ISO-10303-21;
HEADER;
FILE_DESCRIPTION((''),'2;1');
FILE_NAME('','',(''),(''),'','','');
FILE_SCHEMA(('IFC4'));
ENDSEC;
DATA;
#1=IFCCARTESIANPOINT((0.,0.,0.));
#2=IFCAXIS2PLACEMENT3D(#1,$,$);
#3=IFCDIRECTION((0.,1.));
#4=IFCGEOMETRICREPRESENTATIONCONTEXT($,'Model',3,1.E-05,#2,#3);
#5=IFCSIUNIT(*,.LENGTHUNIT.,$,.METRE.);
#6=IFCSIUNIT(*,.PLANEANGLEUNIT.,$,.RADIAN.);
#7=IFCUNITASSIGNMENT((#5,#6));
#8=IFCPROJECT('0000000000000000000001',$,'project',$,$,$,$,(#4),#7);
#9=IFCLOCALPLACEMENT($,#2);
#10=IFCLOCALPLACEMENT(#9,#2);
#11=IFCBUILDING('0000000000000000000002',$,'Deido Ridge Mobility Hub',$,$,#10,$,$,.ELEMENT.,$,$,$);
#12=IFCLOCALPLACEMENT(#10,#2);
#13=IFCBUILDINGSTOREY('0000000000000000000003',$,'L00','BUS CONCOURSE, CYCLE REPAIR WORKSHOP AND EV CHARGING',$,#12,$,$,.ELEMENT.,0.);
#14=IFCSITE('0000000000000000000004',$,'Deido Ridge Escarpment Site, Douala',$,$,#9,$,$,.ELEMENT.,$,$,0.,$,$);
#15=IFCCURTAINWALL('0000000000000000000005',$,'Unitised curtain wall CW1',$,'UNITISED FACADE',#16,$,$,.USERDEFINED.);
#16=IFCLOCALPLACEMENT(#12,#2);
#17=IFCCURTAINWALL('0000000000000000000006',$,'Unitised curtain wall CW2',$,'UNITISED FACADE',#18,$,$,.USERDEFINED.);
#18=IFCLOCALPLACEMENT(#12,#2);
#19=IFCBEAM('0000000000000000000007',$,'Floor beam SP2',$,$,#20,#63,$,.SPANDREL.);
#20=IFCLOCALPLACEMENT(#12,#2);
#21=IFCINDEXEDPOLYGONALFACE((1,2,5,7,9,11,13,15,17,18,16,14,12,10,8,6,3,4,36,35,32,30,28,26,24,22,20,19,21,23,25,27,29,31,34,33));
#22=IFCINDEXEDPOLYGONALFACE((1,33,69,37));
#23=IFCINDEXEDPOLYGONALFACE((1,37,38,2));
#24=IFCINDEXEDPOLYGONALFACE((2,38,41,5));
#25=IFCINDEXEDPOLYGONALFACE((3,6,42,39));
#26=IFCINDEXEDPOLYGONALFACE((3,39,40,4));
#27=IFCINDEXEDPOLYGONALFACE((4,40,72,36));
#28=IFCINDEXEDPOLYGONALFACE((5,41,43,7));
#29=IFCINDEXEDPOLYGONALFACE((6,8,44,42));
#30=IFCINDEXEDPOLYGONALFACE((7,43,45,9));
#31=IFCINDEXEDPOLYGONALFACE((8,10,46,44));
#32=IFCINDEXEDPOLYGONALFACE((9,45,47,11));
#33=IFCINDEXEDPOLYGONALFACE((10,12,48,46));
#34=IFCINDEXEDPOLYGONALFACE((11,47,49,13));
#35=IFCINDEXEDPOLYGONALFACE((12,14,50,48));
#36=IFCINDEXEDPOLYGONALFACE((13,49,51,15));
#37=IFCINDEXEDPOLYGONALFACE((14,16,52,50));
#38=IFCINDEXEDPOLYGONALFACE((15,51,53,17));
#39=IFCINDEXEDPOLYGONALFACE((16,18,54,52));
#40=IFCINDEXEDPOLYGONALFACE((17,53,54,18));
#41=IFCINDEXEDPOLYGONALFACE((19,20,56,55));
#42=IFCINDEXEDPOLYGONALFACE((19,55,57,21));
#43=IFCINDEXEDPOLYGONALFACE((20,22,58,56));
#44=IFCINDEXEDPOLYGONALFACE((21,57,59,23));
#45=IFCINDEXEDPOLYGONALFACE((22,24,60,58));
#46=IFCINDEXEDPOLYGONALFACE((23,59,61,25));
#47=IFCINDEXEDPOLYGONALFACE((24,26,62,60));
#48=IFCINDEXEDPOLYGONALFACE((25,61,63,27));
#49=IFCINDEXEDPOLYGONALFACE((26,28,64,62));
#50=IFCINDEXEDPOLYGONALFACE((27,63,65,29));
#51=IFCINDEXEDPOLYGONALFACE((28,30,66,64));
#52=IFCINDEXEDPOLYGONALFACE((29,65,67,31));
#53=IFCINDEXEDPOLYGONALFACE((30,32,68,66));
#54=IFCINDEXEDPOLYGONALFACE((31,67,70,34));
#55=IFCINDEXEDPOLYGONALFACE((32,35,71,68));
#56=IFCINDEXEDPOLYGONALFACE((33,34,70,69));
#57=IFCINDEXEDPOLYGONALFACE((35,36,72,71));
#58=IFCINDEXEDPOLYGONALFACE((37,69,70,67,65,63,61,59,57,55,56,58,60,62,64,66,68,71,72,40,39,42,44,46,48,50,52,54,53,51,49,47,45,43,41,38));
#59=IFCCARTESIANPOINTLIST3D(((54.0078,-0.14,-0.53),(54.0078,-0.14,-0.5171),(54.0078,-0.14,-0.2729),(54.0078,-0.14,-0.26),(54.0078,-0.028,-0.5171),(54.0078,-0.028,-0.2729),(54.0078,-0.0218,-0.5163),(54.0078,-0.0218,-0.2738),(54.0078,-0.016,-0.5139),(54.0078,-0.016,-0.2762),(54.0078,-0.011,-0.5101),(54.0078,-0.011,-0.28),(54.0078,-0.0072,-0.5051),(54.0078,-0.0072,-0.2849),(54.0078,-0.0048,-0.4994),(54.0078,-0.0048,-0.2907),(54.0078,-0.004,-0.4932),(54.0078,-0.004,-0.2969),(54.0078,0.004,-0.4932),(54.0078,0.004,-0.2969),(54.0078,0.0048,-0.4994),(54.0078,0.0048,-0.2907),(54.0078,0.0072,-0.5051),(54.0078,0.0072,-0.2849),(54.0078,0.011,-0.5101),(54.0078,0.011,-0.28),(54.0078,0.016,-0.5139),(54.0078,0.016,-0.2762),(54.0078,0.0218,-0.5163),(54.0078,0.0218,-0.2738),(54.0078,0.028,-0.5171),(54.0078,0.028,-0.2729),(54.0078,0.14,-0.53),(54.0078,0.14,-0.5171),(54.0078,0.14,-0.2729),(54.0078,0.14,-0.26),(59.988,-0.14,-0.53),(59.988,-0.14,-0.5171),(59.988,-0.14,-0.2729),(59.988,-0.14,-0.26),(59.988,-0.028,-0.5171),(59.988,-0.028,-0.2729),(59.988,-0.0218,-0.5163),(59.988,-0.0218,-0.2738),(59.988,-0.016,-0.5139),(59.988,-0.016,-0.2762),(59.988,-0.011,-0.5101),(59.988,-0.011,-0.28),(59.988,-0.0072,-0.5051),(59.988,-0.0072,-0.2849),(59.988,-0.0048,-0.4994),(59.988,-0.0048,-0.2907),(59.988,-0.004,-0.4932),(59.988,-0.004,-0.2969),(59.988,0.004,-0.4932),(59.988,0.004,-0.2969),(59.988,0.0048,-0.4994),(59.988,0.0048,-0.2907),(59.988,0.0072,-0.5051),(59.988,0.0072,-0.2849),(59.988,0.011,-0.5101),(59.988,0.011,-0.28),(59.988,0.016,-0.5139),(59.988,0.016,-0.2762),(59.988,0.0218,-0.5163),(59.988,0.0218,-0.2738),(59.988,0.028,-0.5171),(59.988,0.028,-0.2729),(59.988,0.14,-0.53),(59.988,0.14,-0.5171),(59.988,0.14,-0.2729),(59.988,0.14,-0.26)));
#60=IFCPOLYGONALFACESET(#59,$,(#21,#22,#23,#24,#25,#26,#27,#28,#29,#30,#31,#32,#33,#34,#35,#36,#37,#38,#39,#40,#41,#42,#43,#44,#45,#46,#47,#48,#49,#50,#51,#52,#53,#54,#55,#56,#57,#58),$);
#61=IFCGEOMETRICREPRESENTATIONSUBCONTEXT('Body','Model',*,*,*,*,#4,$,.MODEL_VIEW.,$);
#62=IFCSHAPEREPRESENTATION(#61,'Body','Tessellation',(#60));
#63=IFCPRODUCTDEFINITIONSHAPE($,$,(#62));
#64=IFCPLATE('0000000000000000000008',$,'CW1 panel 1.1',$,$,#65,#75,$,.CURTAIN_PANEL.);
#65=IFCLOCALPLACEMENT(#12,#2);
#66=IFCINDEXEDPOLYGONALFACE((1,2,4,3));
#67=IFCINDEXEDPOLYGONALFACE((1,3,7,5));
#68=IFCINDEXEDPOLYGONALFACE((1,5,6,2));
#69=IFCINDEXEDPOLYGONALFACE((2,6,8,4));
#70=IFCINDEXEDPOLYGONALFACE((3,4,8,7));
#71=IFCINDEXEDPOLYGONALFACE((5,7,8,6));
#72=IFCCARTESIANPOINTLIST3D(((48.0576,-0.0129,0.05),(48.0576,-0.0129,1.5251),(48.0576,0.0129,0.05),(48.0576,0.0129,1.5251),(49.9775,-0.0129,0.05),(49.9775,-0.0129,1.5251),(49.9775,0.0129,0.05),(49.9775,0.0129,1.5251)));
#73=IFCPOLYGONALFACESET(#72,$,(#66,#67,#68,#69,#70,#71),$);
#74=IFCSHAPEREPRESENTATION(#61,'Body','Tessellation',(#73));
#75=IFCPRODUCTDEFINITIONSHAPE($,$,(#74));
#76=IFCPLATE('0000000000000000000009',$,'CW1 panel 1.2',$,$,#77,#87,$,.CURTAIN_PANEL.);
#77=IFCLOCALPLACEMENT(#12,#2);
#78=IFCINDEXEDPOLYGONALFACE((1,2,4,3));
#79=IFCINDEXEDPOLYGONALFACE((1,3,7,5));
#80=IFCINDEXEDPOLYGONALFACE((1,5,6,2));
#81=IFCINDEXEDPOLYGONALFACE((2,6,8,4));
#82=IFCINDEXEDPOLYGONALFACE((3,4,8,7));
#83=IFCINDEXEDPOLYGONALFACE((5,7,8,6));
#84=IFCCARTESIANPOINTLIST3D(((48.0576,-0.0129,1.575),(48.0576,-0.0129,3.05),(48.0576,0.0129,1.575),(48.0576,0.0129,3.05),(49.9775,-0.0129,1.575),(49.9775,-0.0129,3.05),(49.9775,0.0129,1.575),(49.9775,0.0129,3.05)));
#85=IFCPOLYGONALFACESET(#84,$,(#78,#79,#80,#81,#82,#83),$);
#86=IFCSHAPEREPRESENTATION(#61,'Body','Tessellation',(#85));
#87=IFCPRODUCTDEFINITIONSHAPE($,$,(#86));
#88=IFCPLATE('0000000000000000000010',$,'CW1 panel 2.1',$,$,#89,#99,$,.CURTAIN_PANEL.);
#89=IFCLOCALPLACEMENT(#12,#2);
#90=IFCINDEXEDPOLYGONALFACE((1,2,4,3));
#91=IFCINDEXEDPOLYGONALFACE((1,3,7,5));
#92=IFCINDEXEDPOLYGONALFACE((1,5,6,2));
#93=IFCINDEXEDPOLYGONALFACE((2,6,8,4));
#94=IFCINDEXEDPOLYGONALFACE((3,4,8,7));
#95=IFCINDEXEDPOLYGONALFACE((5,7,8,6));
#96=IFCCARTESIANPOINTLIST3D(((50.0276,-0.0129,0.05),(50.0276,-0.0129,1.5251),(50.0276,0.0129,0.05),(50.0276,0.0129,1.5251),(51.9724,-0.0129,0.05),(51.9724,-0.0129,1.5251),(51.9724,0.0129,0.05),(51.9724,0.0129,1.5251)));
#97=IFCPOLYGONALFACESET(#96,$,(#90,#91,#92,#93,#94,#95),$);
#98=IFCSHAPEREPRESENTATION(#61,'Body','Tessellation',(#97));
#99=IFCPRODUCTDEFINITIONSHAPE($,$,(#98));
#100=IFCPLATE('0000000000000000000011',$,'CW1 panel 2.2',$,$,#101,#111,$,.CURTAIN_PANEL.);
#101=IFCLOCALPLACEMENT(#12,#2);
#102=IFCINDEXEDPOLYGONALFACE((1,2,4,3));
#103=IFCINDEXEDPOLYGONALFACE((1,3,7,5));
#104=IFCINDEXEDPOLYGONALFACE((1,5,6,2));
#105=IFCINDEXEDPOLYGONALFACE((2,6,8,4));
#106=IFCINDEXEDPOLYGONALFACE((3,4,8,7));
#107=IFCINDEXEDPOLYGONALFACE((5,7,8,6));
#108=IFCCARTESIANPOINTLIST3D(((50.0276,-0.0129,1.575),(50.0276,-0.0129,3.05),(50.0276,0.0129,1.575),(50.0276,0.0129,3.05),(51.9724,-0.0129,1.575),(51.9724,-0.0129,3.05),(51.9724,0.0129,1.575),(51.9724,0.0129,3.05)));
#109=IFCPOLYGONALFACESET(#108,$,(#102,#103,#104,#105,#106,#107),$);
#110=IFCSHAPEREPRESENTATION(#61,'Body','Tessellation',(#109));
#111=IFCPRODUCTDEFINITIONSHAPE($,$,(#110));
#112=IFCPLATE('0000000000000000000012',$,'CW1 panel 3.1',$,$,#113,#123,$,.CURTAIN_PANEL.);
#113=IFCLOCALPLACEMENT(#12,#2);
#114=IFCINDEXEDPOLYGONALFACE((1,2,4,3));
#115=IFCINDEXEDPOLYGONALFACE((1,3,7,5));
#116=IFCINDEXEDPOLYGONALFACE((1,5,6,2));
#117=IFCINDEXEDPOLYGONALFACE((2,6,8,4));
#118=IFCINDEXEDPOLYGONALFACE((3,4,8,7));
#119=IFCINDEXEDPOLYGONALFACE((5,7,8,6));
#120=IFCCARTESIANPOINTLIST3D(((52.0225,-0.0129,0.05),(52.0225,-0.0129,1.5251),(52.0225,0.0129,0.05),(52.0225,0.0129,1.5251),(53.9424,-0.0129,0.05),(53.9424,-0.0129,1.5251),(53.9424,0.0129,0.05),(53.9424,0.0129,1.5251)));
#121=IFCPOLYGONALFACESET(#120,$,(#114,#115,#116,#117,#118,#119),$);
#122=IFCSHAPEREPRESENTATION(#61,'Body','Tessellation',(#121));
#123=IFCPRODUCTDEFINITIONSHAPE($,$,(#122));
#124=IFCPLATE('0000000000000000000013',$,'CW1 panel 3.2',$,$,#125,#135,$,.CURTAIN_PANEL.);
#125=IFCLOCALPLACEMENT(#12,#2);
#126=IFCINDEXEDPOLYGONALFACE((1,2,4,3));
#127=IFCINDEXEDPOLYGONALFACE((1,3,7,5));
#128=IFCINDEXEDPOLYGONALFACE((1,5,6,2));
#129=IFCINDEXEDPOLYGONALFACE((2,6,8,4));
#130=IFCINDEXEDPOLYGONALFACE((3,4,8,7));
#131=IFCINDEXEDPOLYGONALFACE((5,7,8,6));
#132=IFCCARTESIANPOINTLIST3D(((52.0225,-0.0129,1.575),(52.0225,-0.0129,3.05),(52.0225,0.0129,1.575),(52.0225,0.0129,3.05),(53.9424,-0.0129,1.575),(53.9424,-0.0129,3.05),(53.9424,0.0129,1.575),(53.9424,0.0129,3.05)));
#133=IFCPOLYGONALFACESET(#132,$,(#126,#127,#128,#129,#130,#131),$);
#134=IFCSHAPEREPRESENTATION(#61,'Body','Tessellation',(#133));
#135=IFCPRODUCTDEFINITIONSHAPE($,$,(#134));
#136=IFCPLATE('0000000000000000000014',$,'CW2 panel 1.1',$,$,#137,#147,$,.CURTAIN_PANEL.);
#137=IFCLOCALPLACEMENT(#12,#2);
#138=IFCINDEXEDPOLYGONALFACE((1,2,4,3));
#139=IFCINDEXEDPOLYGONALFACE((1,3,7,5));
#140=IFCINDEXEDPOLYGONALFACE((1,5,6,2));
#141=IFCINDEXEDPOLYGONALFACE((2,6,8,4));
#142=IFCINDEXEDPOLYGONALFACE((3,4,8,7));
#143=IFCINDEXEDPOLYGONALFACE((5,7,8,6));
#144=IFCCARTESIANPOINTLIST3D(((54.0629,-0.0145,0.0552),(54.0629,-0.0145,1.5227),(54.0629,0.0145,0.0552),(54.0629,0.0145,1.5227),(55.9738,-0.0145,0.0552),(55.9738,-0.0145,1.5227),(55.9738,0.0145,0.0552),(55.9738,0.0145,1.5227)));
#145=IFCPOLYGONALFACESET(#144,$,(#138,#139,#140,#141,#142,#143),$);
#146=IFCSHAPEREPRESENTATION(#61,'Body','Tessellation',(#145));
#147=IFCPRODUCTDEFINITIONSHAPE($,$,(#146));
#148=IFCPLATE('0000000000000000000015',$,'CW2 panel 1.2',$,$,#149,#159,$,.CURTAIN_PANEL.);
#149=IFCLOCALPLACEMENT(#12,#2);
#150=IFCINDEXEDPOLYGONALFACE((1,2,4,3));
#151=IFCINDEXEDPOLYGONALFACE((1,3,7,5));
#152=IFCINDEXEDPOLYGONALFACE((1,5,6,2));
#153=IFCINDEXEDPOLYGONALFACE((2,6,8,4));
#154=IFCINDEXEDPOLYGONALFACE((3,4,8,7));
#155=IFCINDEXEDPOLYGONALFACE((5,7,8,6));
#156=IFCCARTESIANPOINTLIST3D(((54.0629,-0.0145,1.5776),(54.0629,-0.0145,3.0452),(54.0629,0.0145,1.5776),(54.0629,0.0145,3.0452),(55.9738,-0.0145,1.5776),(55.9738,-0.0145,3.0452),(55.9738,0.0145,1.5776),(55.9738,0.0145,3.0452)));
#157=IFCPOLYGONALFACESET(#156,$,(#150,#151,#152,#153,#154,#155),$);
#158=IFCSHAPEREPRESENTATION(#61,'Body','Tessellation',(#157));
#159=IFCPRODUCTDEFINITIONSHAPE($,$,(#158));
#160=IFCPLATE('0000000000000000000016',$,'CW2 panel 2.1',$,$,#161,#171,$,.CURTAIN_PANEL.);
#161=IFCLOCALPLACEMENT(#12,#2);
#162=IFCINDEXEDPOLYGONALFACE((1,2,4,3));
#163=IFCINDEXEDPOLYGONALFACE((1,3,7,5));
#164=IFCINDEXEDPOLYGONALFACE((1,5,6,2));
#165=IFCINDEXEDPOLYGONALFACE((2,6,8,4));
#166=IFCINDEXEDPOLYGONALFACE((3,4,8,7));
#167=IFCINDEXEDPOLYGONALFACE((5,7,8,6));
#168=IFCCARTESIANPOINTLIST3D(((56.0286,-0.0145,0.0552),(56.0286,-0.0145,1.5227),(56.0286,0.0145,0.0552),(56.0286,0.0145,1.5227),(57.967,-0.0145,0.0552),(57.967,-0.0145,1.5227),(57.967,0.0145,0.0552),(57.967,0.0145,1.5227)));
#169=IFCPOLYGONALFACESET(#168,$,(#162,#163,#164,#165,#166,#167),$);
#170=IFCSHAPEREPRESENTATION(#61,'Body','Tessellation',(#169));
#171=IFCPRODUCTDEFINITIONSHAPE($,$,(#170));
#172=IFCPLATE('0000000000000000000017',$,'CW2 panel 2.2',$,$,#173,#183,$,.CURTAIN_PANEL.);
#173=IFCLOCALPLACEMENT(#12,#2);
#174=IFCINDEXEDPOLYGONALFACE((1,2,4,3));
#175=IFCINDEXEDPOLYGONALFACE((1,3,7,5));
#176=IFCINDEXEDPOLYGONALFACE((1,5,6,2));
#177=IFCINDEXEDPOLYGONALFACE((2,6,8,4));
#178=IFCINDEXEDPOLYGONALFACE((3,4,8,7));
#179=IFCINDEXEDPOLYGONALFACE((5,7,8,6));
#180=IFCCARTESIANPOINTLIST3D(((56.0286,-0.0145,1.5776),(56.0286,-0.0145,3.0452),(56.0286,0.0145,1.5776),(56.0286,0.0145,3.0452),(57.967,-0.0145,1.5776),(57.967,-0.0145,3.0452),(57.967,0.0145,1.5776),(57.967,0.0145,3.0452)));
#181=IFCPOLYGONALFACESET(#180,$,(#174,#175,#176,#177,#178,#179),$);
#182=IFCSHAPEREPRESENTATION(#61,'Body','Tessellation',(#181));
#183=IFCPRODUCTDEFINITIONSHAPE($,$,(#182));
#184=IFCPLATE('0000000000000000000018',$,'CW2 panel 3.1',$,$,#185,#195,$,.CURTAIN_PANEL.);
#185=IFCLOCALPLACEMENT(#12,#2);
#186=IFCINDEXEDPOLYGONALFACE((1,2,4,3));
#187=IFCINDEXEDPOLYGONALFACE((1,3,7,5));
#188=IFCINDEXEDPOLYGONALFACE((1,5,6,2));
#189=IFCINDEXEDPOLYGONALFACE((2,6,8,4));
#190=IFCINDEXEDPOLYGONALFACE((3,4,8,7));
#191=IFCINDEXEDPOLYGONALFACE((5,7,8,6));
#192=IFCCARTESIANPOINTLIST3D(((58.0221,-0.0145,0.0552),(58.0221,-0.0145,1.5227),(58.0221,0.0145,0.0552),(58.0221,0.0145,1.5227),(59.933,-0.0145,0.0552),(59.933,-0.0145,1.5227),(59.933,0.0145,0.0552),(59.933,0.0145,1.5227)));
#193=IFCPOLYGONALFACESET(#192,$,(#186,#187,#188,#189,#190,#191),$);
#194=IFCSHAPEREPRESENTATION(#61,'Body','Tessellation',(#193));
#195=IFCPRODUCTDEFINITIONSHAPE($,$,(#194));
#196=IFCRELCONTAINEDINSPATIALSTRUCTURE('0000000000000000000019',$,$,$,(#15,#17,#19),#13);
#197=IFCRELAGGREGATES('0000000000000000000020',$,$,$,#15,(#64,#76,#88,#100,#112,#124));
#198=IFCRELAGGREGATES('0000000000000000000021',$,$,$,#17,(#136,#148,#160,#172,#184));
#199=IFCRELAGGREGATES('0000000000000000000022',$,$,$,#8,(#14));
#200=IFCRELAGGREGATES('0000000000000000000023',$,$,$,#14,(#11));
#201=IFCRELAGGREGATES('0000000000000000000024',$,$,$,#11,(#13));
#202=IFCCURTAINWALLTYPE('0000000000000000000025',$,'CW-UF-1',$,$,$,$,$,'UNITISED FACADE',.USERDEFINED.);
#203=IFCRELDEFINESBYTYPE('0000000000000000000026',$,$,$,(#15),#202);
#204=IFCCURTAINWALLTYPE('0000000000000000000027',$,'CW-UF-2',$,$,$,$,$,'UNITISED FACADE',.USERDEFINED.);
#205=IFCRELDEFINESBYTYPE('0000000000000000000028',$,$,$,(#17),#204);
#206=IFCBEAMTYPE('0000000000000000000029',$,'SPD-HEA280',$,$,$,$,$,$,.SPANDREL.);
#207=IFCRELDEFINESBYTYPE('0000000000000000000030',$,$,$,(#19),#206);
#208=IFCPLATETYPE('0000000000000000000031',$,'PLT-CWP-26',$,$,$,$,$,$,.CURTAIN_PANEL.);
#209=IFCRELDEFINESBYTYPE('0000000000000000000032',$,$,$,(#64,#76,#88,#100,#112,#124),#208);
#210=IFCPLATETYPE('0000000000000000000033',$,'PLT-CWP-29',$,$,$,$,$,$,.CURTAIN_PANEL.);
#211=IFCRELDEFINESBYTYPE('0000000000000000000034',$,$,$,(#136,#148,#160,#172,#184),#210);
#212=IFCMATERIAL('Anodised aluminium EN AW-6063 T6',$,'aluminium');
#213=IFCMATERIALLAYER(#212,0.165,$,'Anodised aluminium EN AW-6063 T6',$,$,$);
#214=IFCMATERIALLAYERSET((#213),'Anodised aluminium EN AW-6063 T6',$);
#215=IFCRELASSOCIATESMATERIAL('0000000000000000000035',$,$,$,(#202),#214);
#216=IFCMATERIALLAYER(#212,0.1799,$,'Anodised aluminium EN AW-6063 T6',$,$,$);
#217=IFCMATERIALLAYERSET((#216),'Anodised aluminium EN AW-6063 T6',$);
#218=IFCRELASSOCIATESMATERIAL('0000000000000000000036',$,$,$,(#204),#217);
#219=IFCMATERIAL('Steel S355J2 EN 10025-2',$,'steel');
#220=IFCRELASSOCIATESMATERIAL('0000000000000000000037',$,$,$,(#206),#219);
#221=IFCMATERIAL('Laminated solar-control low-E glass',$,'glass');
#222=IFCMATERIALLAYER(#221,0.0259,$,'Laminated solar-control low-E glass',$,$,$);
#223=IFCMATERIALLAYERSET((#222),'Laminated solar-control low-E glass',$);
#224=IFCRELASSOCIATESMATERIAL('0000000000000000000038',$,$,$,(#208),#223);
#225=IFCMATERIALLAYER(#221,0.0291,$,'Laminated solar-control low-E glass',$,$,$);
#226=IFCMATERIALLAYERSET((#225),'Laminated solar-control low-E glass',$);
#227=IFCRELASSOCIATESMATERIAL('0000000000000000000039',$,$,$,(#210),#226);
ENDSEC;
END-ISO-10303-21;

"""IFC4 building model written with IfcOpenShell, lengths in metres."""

from ifc_helpers import new_model, si_unit, direction, frame, origin, origin_2d, place, context, subcontext, project, spatial, rectangle, i_section, extrude, material, layer, layer_set, material_profile, profile_set, type_object, element, aggregate, save


model = new_model("IFC4")

# Units and contexts
model_context = context("Model", 3, precision=1e-05, world=origin(), true_north=direction((0.0, 1.0)))
body_context = subcontext(model_context, "Body", "Model", "MODEL_VIEW")
ifc_project = project(units=[si_unit("LENGTHUNIT", "METRE"), si_unit("PLANEANGLEUNIT", "RADIAN")], contexts=[model_context])

# Site, building, storey
site_placement = place(None, origin())
site = spatial("IfcSite", under=ifc_project, at=site_placement, Name="Deido Ridge Escarpment Site, Douala", CompositionType="ELEMENT", RefElevation=0.0)
building_placement = place(site_placement, origin())
building = spatial("IfcBuilding", under=site, at=building_placement, Name="Deido Ridge Mobility Hub", CompositionType="ELEMENT")
storey_placement = place(building_placement, origin())
storey = spatial("IfcBuildingStorey", under=building, at=storey_placement, Name="L00", Description="BUS CONCOURSE, CYCLE REPAIR WORKSHOP AND EV CHARGING", CompositionType="ELEMENT", Elevation=0.0)

# Shared definitions
ifc_material_1 = material(Name="Steel S355J2 EN 10025-2", Category="steel")

# Curtain walls
ifc_material_2 = material(Name="Anodised aluminium EN AW-6063 T6", Category="aluminium")
ifc_layer_1 = layer(ifc_material_2, 0.165, Name="Anodised aluminium EN AW-6063 T6")
ifc_layer_set_1 = layer_set([ifc_layer_1], Name="Anodised aluminium EN AW-6063 T6")
curtain_wall_type_1 = type_object("IfcCurtainWallType", Name="CW-UF-1", ElementType="UNITISED FACADE", PredefinedType="USERDEFINED", material=ifc_layer_set_1)
curtain_wall_1_placement = place(storey_placement, origin())
curtain_wall_1 = element("IfcCurtainWall", 1, at=curtain_wall_1_placement, inside=storey, type_object=curtain_wall_type_1, Name="Unitised curtain wall CW1", ObjectType="UNITISED FACADE", PredefinedType="USERDEFINED")
ifc_layer_2 = layer(ifc_material_2, 0.1799, Name="Anodised aluminium EN AW-6063 T6")
ifc_layer_set_2 = layer_set([ifc_layer_2], Name="Anodised aluminium EN AW-6063 T6")
curtain_wall_type_2 = type_object("IfcCurtainWallType", Name="CW-UF-2", ElementType="UNITISED FACADE", PredefinedType="USERDEFINED", material=ifc_layer_set_2)
curtain_wall_2_placement = place(storey_placement, origin())
curtain_wall_2 = element("IfcCurtainWall", 2, at=curtain_wall_2_placement, inside=storey, type_object=curtain_wall_type_2, Name="Unitised curtain wall CW2", ObjectType="UNITISED FACADE", PredefinedType="USERDEFINED")

# Beam
ifc_material_profile_1 = material_profile(ifc_material_1, i_section(OverallWidth=0.28, OverallDepth=0.27, WebThickness=0.0081, FlangeThickness=0.0129, FilletRadius=0.0239, at=origin_2d()), Name="HEA 280")
ifc_profile_set_1 = profile_set([ifc_material_profile_1], Name="Steel S355J2 EN 10025-2")
beam_type = type_object("IfcBeamType", Name="SPD-HEA280", PredefinedType="SPANDREL", material=ifc_profile_set_1)
beam_1_placement = place(storey_placement, frame((54.0078, 0.0, -0.395), z_axis=(1.0, 0.0, 0.0), x_axis=(0.0, 1.0, 0.0)))
element("IfcBeam", 3, at=beam_1_placement, inside=storey, type_object=beam_type, Name="Floor beam SP2", PredefinedType="SPANDREL", context=body_context, shape_type="SweptSolid", body=[
    extrude(i_section(OverallWidth=0.28, OverallDepth=0.27, WebThickness=0.0081, FlangeThickness=0.0129, FilletRadius=0.0239, at=origin_2d()), origin(), (0.0, 0.0, 1.0), 5.9802),
])

# Plates
ifc_material_3 = material(Name="Laminated solar-control low-E glass", Category="glass")
ifc_layer_3 = layer(ifc_material_3, 0.0259, Name="Laminated solar-control low-E glass")
ifc_layer_set_3 = layer_set([ifc_layer_3], Name="Laminated solar-control low-E glass")
plate_type_1 = type_object("IfcPlateType", Name="PLT-CWP-26", PredefinedType="CURTAIN_PANEL", material=ifc_layer_set_3)
plate_1_placement = place(storey_placement, frame((49.0176, 0.0, 0.05), z_axis=(0.0, 0.0, 1.0), x_axis=(1.0, 0.0, 0.0)))
plate_1 = element("IfcPlate", 4, at=plate_1_placement, type_object=plate_type_1, Name="CW1 panel 1.1", PredefinedType="CURTAIN_PANEL", context=body_context, shape_type="SweptSolid", body=[
    extrude(rectangle(XDim=1.9199, YDim=0.0259, at=origin_2d()), origin(), (0.0, 0.0, 1.0), 1.4751),
])
plate_2_placement = place(storey_placement, frame((49.0176, 0.0, 1.575), z_axis=(0.0, 0.0, 1.0), x_axis=(1.0, 0.0, 0.0)))
plate_2 = element("IfcPlate", 5, at=plate_2_placement, type_object=plate_type_1, Name="CW1 panel 1.2", PredefinedType="CURTAIN_PANEL", context=body_context, shape_type="SweptSolid", body=[
    extrude(rectangle(XDim=1.9199, YDim=0.0259, at=origin_2d()), origin(), (0.0, 0.0, 1.0), 1.4751),
])
plate_3_placement = place(storey_placement, frame((51.0, 0.0, 0.05), z_axis=(0.0, 0.0, 1.0), x_axis=(1.0, 0.0, 0.0)))
plate_3 = element("IfcPlate", 6, at=plate_3_placement, type_object=plate_type_1, Name="CW1 panel 2.1", PredefinedType="CURTAIN_PANEL", context=body_context, shape_type="SweptSolid", body=[
    extrude(rectangle(XDim=1.9448, YDim=0.0259, at=origin_2d()), origin(), (0.0, 0.0, 1.0), 1.4751),
])
plate_4_placement = place(storey_placement, frame((51.0, 0.0, 1.575), z_axis=(0.0, 0.0, 1.0), x_axis=(1.0, 0.0, 0.0)))
plate_4 = element("IfcPlate", 7, at=plate_4_placement, type_object=plate_type_1, Name="CW1 panel 2.2", PredefinedType="CURTAIN_PANEL", context=body_context, shape_type="SweptSolid", body=[
    extrude(rectangle(XDim=1.9448, YDim=0.0259, at=origin_2d()), origin(), (0.0, 0.0, 1.0), 1.4751),
])
plate_5_placement = place(storey_placement, frame((52.9824, 0.0, 0.05), z_axis=(0.0, 0.0, 1.0), x_axis=(1.0, 0.0, 0.0)))
plate_5 = element("IfcPlate", 8, at=plate_5_placement, type_object=plate_type_1, Name="CW1 panel 3.1", PredefinedType="CURTAIN_PANEL", context=body_context, shape_type="SweptSolid", body=[
    extrude(rectangle(XDim=1.9199, YDim=0.0259, at=origin_2d()), origin(), (0.0, 0.0, 1.0), 1.4751),
])
plate_6_placement = place(storey_placement, frame((52.9824, 0.0, 1.575), z_axis=(0.0, 0.0, 1.0), x_axis=(1.0, 0.0, 0.0)))
plate_6 = element("IfcPlate", 9, at=plate_6_placement, type_object=plate_type_1, Name="CW1 panel 3.2", PredefinedType="CURTAIN_PANEL", context=body_context, shape_type="SweptSolid", body=[
    extrude(rectangle(XDim=1.9199, YDim=0.0259, at=origin_2d()), origin(), (0.0, 0.0, 1.0), 1.4751),
])
aggregate(curtain_wall_1, [plate_1, plate_2, plate_3, plate_4, plate_5, plate_6])
ifc_layer_4 = layer(ifc_material_3, 0.0291, Name="Laminated solar-control low-E glass")
ifc_layer_set_4 = layer_set([ifc_layer_4], Name="Laminated solar-control low-E glass")
plate_type_2 = type_object("IfcPlateType", Name="PLT-CWP-29", PredefinedType="CURTAIN_PANEL", material=ifc_layer_set_4)
plate_7_placement = place(storey_placement, frame((55.0183, 0.0, 0.0552), z_axis=(0.0, 0.0, 1.0), x_axis=(1.0, 0.0, 0.0)))
plate_7 = element("IfcPlate", 10, at=plate_7_placement, type_object=plate_type_2, Name="CW2 panel 1.1", PredefinedType="CURTAIN_PANEL", context=body_context, shape_type="SweptSolid", body=[
    extrude(rectangle(XDim=1.9109, YDim=0.0291, at=origin_2d()), origin(), (0.0, 0.0, 1.0), 1.4675),
])
plate_8_placement = place(storey_placement, frame((55.0183, 0.0, 1.5776), z_axis=(0.0, 0.0, 1.0), x_axis=(1.0, 0.0, 0.0)))
plate_8 = element("IfcPlate", 11, at=plate_8_placement, type_object=plate_type_2, Name="CW2 panel 1.2", PredefinedType="CURTAIN_PANEL", context=body_context, shape_type="SweptSolid", body=[
    extrude(rectangle(XDim=1.9109, YDim=0.0291, at=origin_2d()), origin(), (0.0, 0.0, 1.0), 1.4675),
])
plate_9_placement = place(storey_placement, frame((56.9978, 0.0, 0.0552), z_axis=(0.0, 0.0, 1.0), x_axis=(1.0, 0.0, 0.0)))
plate_9 = element("IfcPlate", 12, at=plate_9_placement, type_object=plate_type_2, Name="CW2 panel 2.1", PredefinedType="CURTAIN_PANEL", context=body_context, shape_type="SweptSolid", body=[
    extrude(rectangle(XDim=1.9385, YDim=0.0291, at=origin_2d()), origin(), (0.0, 0.0, 1.0), 1.4675),
])
plate_10_placement = place(storey_placement, frame((56.9978, 0.0, 1.5776), z_axis=(0.0, 0.0, 1.0), x_axis=(1.0, 0.0, 0.0)))
plate_10 = element("IfcPlate", 13, at=plate_10_placement, type_object=plate_type_2, Name="CW2 panel 2.2", PredefinedType="CURTAIN_PANEL", context=body_context, shape_type="SweptSolid", body=[
    extrude(rectangle(XDim=1.9385, YDim=0.0291, at=origin_2d()), origin(), (0.0, 0.0, 1.0), 1.4675),
])
plate_11_placement = place(storey_placement, frame((58.9775, 0.0, 0.0552), z_axis=(0.0, 0.0, 1.0), x_axis=(1.0, 0.0, 0.0)))
plate_11 = element("IfcPlate", 14, at=plate_11_placement, type_object=plate_type_2, Name="CW2 panel 3.1", PredefinedType="CURTAIN_PANEL", context=body_context, shape_type="SweptSolid", body=[
    extrude(rectangle(XDim=1.9109, YDim=0.0291, at=origin_2d()), origin(), (0.0, 0.0, 1.0), 1.4675),
])
aggregate(curtain_wall_2, [plate_7, plate_8, plate_9, plate_10, plate_11])

save(model, "model.ifc")
